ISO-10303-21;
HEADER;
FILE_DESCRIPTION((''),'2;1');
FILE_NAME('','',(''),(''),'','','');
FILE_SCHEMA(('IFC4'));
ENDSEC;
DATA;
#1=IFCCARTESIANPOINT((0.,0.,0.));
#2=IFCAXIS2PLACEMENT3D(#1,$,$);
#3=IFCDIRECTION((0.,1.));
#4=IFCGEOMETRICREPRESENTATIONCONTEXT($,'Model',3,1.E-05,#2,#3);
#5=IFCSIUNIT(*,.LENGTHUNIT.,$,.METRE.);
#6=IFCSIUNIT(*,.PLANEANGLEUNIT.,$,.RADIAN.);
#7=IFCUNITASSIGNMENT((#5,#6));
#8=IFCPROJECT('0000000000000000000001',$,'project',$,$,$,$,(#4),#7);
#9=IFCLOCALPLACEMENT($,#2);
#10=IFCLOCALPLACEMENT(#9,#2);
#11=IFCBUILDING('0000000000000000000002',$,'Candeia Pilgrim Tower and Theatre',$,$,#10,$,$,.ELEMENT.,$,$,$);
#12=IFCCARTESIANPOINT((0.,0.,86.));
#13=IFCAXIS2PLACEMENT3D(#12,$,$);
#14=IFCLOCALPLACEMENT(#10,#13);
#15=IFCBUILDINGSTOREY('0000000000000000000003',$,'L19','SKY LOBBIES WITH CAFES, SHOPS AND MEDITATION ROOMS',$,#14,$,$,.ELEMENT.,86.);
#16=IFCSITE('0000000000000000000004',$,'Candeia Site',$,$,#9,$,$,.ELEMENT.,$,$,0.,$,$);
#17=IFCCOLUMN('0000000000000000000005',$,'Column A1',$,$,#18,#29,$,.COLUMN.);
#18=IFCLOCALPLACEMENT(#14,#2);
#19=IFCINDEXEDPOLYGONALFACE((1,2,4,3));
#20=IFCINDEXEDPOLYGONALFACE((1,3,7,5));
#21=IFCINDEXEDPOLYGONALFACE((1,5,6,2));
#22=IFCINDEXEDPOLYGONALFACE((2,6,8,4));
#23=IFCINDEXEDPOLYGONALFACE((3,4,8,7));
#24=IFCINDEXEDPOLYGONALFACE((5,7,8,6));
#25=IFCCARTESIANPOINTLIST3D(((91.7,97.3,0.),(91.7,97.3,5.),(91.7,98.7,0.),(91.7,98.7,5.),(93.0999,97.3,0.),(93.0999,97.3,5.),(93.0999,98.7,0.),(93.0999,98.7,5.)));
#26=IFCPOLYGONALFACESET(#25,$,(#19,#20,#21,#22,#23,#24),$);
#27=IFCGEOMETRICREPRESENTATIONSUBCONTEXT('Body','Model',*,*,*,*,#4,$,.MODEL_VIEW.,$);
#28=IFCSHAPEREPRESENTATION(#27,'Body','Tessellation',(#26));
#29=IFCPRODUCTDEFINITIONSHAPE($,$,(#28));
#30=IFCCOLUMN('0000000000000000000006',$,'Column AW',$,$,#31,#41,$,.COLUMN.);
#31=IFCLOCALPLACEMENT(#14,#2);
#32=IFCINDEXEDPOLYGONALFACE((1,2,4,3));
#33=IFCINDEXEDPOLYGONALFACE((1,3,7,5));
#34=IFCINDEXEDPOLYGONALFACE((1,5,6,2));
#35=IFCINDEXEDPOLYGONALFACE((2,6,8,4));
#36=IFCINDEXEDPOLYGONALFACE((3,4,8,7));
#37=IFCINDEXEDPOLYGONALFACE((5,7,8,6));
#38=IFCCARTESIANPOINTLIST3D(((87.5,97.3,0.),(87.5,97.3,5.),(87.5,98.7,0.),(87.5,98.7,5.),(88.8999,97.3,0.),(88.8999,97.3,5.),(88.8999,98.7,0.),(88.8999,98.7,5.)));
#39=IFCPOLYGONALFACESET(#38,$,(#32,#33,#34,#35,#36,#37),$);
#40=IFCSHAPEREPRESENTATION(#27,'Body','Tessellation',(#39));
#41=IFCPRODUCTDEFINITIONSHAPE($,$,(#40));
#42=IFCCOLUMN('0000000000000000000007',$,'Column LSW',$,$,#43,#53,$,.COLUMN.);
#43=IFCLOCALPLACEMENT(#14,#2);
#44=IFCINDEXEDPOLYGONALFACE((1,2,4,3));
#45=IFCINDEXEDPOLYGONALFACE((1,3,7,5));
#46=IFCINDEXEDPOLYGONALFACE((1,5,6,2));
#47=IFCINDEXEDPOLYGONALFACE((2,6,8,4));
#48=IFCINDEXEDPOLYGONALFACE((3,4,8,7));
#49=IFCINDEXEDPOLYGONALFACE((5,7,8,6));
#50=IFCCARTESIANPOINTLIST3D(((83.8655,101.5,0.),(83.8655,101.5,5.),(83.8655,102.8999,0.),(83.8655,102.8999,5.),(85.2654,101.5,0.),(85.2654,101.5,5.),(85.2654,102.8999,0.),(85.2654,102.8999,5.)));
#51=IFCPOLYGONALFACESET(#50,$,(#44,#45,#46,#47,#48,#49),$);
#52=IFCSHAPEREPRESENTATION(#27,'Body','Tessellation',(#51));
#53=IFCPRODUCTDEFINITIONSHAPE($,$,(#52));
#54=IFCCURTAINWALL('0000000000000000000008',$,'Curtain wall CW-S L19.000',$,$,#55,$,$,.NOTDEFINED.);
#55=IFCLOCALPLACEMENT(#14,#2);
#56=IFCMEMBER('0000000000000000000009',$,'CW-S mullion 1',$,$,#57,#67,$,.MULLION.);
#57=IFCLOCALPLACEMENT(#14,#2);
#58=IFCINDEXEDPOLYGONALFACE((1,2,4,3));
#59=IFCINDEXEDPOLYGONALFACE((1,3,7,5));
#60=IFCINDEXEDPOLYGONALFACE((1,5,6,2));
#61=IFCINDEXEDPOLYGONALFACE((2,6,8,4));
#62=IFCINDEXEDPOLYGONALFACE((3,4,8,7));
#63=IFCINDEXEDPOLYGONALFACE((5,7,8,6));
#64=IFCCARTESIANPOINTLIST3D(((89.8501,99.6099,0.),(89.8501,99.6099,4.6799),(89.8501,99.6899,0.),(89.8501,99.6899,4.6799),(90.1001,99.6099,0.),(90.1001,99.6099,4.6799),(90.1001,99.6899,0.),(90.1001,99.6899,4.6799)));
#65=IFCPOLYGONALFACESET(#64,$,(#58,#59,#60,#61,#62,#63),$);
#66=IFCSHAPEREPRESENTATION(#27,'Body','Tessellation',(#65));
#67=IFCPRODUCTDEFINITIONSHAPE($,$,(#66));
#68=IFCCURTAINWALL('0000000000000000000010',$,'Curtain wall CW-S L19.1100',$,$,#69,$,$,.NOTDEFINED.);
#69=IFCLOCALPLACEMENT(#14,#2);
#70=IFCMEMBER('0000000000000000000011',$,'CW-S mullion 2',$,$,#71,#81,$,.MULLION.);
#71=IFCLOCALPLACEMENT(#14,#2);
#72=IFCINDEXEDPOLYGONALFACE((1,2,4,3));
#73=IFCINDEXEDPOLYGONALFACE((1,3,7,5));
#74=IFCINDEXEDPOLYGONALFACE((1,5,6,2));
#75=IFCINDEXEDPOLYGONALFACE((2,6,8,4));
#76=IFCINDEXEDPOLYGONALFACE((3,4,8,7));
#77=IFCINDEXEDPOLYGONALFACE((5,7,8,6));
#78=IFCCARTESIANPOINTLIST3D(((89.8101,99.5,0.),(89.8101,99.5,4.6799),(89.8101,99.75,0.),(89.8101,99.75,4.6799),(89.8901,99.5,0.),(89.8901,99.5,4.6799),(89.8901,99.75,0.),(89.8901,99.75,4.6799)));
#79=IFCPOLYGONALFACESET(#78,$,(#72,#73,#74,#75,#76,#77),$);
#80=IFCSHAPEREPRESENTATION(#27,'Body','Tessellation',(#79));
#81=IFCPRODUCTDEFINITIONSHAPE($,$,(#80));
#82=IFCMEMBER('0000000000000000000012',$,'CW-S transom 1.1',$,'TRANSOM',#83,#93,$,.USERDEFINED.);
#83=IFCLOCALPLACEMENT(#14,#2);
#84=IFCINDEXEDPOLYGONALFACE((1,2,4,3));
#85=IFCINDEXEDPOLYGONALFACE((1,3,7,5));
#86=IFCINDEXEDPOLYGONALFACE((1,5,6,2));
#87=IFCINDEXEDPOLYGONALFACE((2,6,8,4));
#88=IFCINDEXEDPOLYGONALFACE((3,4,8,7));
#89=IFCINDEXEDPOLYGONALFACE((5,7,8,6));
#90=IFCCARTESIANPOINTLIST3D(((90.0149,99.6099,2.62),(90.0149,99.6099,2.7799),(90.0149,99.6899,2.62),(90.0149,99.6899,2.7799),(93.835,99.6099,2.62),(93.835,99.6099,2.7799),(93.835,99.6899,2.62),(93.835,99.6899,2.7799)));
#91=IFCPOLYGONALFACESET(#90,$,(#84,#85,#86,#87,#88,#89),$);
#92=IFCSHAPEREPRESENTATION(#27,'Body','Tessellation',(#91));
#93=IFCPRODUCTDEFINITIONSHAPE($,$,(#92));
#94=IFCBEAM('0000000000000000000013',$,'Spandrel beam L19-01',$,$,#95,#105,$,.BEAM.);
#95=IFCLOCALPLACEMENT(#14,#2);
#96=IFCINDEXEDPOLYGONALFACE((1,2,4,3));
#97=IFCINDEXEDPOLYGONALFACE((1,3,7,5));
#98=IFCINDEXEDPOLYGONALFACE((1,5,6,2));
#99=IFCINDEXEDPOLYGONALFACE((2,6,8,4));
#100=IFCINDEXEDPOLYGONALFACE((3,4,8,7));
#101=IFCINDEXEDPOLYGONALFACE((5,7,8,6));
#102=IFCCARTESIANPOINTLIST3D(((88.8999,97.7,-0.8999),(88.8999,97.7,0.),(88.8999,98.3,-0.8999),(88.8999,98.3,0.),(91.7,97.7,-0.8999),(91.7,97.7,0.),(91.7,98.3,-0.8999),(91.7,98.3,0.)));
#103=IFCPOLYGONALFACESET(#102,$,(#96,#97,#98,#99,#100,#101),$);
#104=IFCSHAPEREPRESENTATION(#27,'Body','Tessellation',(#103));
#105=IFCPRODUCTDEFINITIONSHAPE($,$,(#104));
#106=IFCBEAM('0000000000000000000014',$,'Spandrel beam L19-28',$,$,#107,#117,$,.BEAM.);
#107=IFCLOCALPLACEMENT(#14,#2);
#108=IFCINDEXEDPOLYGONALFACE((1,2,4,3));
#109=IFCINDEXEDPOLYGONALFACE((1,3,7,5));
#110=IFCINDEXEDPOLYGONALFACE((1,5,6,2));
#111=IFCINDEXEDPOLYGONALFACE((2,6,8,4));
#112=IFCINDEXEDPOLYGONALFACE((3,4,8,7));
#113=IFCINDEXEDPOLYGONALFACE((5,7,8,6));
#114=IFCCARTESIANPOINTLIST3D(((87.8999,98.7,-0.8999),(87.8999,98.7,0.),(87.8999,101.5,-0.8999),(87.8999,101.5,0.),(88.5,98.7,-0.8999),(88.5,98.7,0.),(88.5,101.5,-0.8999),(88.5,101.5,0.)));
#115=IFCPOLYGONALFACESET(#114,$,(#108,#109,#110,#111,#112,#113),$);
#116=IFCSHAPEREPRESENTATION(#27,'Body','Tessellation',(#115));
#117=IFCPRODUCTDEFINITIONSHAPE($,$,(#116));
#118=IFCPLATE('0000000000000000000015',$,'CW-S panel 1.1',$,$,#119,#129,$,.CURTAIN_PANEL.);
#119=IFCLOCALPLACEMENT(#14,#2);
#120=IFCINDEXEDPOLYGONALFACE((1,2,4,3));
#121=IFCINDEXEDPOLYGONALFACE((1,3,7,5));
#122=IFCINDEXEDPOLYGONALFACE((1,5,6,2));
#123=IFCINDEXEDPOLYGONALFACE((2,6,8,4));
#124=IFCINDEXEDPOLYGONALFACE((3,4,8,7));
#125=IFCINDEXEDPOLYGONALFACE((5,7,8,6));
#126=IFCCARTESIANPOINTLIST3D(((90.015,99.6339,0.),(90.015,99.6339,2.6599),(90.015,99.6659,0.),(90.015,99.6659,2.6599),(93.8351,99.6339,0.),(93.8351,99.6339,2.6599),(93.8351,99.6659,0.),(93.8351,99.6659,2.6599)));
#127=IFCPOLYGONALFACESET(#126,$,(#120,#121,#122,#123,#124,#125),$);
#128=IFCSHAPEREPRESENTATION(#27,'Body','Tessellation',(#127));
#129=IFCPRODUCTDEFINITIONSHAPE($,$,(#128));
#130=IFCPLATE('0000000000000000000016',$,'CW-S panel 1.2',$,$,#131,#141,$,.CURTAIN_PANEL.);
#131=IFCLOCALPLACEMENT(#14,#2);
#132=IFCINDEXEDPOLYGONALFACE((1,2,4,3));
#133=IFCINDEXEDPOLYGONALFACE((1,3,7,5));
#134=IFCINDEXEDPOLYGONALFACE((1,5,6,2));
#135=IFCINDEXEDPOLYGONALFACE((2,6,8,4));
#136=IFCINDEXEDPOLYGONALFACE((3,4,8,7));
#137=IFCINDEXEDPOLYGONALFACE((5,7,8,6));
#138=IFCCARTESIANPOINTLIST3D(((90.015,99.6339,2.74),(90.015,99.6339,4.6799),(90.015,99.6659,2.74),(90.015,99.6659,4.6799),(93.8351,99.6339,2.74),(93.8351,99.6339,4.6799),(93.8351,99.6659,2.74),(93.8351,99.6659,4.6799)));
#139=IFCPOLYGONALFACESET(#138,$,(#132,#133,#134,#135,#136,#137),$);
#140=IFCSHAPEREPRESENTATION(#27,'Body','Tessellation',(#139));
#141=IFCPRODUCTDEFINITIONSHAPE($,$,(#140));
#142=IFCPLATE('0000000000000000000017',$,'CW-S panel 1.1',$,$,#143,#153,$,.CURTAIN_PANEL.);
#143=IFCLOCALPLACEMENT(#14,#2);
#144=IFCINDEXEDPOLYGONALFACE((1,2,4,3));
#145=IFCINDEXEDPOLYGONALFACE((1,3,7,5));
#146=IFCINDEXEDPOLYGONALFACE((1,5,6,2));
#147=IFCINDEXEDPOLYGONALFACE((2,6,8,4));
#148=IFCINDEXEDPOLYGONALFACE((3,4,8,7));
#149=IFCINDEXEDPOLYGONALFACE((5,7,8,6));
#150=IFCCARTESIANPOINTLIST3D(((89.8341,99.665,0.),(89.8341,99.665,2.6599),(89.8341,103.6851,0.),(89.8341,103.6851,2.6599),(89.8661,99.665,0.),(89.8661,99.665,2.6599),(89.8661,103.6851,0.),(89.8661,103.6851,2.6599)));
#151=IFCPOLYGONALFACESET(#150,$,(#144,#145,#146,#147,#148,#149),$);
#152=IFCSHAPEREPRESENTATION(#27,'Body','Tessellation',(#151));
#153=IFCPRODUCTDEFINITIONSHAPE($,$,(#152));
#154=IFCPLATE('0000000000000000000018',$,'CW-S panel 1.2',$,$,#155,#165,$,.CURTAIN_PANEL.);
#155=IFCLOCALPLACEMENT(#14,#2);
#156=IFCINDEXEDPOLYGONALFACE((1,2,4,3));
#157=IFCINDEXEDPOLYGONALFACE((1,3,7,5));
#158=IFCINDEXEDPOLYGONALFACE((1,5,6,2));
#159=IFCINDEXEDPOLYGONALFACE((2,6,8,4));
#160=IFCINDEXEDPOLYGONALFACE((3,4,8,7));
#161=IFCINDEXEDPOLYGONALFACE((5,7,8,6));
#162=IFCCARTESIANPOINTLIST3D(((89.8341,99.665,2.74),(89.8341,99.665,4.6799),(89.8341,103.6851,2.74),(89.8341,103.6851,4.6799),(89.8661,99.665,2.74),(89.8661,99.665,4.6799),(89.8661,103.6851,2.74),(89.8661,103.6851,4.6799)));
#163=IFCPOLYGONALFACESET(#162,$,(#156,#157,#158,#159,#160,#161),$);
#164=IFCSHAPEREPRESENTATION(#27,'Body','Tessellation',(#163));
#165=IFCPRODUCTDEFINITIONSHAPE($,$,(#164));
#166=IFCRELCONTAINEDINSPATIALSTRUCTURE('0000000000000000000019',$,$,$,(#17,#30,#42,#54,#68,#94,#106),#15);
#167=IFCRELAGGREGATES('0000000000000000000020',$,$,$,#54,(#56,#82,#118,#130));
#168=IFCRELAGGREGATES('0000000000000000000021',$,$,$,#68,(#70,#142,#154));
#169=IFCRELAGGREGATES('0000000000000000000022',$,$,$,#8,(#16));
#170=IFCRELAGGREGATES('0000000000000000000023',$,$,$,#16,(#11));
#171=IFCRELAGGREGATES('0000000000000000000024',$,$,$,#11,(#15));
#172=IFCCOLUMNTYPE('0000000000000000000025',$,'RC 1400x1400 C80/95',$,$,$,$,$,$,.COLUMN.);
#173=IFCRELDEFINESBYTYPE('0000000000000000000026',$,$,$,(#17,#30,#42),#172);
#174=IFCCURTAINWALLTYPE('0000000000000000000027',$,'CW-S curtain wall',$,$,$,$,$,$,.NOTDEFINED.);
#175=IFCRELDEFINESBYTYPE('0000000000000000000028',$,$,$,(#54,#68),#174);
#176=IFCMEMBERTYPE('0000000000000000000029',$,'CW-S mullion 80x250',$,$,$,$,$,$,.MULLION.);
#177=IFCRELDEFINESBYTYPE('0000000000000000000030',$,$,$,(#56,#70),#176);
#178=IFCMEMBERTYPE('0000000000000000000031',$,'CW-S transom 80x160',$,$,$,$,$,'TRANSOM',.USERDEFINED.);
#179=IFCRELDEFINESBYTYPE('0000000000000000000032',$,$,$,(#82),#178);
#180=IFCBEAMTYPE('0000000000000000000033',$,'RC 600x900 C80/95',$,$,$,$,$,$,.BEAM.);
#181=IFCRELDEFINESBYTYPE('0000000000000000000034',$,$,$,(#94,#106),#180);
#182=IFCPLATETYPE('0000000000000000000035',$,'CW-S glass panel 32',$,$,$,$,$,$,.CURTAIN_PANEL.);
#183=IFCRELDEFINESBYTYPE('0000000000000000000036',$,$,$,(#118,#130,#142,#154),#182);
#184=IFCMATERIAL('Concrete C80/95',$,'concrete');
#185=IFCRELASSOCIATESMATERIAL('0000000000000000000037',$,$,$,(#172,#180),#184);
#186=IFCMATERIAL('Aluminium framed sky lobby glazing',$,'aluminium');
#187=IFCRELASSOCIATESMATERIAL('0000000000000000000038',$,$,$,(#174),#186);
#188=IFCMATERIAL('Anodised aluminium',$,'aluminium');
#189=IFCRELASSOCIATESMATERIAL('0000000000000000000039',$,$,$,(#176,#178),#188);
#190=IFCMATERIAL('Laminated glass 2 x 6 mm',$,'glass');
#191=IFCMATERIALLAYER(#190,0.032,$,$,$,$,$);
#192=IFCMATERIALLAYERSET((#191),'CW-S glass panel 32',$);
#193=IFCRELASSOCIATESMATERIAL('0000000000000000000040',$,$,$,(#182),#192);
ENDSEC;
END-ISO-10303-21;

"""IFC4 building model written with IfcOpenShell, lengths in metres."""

from ifc_helpers import new_model, si_unit, direction, frame, origin, origin_2d, place, context, subcontext, project, spatial, rectangle, extrude, material, layer, layer_set, material_profile, profile_set, type_object, element, aggregate, save


model = new_model("IFC4")

# Units and contexts
model_context = context("Model", 3, precision=1e-05, world=origin(), true_north=direction((0.0, 1.0)))
body_context = subcontext(model_context, "Body", "Model", "MODEL_VIEW")
ifc_project = project(units=[si_unit("LENGTHUNIT", "METRE"), si_unit("PLANEANGLEUNIT", "RADIAN")], contexts=[model_context])

# Site, building, storey
site_placement = place(None, origin())
site = spatial("IfcSite", under=ifc_project, at=site_placement, Name="Candeia Site", CompositionType="ELEMENT", RefElevation=0.0)
building_placement = place(site_placement, origin())
building = spatial("IfcBuilding", under=site, at=building_placement, Name="Candeia Pilgrim Tower and Theatre", CompositionType="ELEMENT")
storey_placement = place(building_placement, frame((0.0, 0.0, 86.0)))
storey = spatial("IfcBuildingStorey", under=building, at=storey_placement, Name="L19", Description="SKY LOBBIES WITH CAFES, SHOPS AND MEDITATION ROOMS", CompositionType="ELEMENT", Elevation=86.0)

# Columns
ifc_material_1 = material(Name="Concrete C80/95", Category="concrete")
ifc_material_profile_1 = material_profile(ifc_material_1, rectangle(XDim=1.3999, YDim=1.3999, at=origin_2d()))
ifc_profile_set_1 = profile_set([ifc_material_profile_1], Name="Concrete C80/95")
column_type = type_object("IfcColumnType", Name="RC 1400x1400 C80/95", PredefinedType="COLUMN", material=ifc_profile_set_1)
for number, where, z_axis, x_axis, name in (
    (1, (92.3999, 98.0, 0.0), (0.0, 0.0, 1.0), (1.0, 0.0, 0.0), "Column A1"),
    (2, (88.2, 98.0, 0.0), (0.0, 0.0, 1.0), (1.0, 0.0, 0.0), "Column AW"),
    (3, (84.5654, 102.2, 0.0), (0.0, 0.0, 1.0), (1.0, 0.0, 0.0), "Column LSW"),
):
    element("IfcColumn", number, at=place(storey_placement, frame(where, z_axis=z_axis, x_axis=x_axis)), inside=storey, type_object=column_type, Name=name, PredefinedType="COLUMN", context=body_context, shape_type="SweptSolid", body=[
        extrude(rectangle(XDim=1.3999, YDim=1.3999, at=origin_2d()), origin(), (0.0, 0.0, 1.0), 5.0),
    ])

# Curtain walls, members
ifc_material_2 = material(Name="Aluminium framed sky lobby glazing", Category="aluminium")
curtain_wall_type = type_object("IfcCurtainWallType", Name="CW-S curtain wall", PredefinedType="NOTDEFINED", material=ifc_material_2)
curtain_wall_1_placement = place(storey_placement, origin())
curtain_wall_1 = element("IfcCurtainWall", 4, at=curtain_wall_1_placement, inside=storey, type_object=curtain_wall_type, Name="Curtain wall CW-S L19.000", PredefinedType="NOTDEFINED")
ifc_material_3 = material(Name="Anodised aluminium", Category="aluminium")
ifc_material_profile_2 = material_profile(ifc_material_3, rectangle(XDim=0.0801, YDim=0.25, at=origin_2d()))
ifc_profile_set_2 = profile_set([ifc_material_profile_2], Name="Anodised aluminium")
member_type_1 = type_object("IfcMemberType", Name="CW-S mullion 80x250", PredefinedType="MULLION", material=ifc_profile_set_2)
member_1_placement = place(storey_placement, frame((89.9751, 99.6499, 0.0), z_axis=(0.0, 0.0, 1.0), x_axis=(0.0, 1.0, 0.0)))
member_1 = element("IfcMember", 5, at=member_1_placement, type_object=member_type_1, Name="CW-S mullion 1", PredefinedType="MULLION", context=body_context, shape_type="SweptSolid", body=[
    extrude(rectangle(XDim=0.0801, YDim=0.25, at=origin_2d()), origin(), (0.0, 0.0, 1.0), 4.6799),
])
curtain_wall_2_placement = place(storey_placement, origin())
curtain_wall_2 = element("IfcCurtainWall", 6, at=curtain_wall_2_placement, inside=storey, type_object=curtain_wall_type, Name="Curtain wall CW-S L19.1100", PredefinedType="NOTDEFINED")
member_2_placement = place(storey_placement, frame((89.8501, 99.625, 0.0), z_axis=(0.0, 0.0, 1.0), x_axis=(1.0, 0.0, 0.0)))
member_2 = element("IfcMember", 7, at=member_2_placement, type_object=member_type_1, Name="CW-S mullion 2", PredefinedType="MULLION", context=body_context, shape_type="SweptSolid", body=[
    extrude(rectangle(XDim=0.0801, YDim=0.25, at=origin_2d()), origin(), (0.0, 0.0, 1.0), 4.6799),
])

# Member
ifc_material_profile_3 = material_profile(ifc_material_3, rectangle(XDim=0.0801, YDim=0.1599, at=origin_2d()))
ifc_profile_set_3 = profile_set([ifc_material_profile_3], Name="Anodised aluminium")
member_type_2 = type_object("IfcMemberType", Name="CW-S transom 80x160", ElementType="TRANSOM", PredefinedType="USERDEFINED", material=ifc_profile_set_3)
member_3_placement = place(storey_placement, frame((90.0149, 99.6499, 2.7), z_axis=(1.0, 0.0, 0.0), x_axis=(0.0, 1.0, 0.0)))
member_3 = element("IfcMember", 8, at=member_3_placement, type_object=member_type_2, Name="CW-S transom 1.1", ObjectType="TRANSOM", PredefinedType="USERDEFINED", context=body_context, shape_type="SweptSolid", body=[
    extrude(rectangle(XDim=0.0801, YDim=0.1599, at=origin_2d()), origin(), (0.0, 0.0, 1.0), 3.8201),
])

# Beams
ifc_material_profile_4 = material_profile(ifc_material_1, rectangle(XDim=0.6001, YDim=0.8999, at=origin_2d()))
ifc_profile_set_4 = profile_set([ifc_material_profile_4], Name="Concrete C80/95")
beam_type = type_object("IfcBeamType", Name="RC 600x900 C80/95", PredefinedType="BEAM", material=ifc_profile_set_4)
for number, where, z_axis, x_axis, name in (
    (9, (88.8999, 98.0, -0.45), (1.0, 0.0, 0.0), (0.0, 1.0, 0.0), "Spandrel beam L19-01"),
    (10, (88.2, 101.5, -0.45), (0.0, -1.0, 0.0), (1.0, 0.0, 0.0), "Spandrel beam L19-28"),
):
    element("IfcBeam", number, at=place(storey_placement, frame(where, z_axis=z_axis, x_axis=x_axis)), inside=storey, type_object=beam_type, Name=name, PredefinedType="BEAM", context=body_context, shape_type="SweptSolid", body=[
        extrude(rectangle(XDim=0.6001, YDim=0.8999, at=origin_2d()), origin(), (0.0, 0.0, 1.0), 2.8),
    ])

# Plates
ifc_material_4 = material(Name="Laminated glass 2 x 6 mm", Category="glass")
ifc_layer_1 = layer(ifc_material_4, 0.032)
ifc_layer_set_1 = layer_set([ifc_layer_1], Name="CW-S glass panel 32")
plate_type = type_object("IfcPlateType", Name="CW-S glass panel 32", PredefinedType="CURTAIN_PANEL", material=ifc_layer_set_1)
plate_1_placement = place(storey_placement, frame((91.925, 99.6499, 0.0), z_axis=(0.0, 0.0, 1.0), x_axis=(1.0, 0.0, 0.0)))
plate_1 = element("IfcPlate", 11, at=plate_1_placement, type_object=plate_type, Name="CW-S panel 1.1", PredefinedType="CURTAIN_PANEL", context=body_context, shape_type="SweptSolid", body=[
    extrude(rectangle(XDim=3.8201, YDim=0.032, at=origin_2d()), origin(), (0.0, 0.0, 1.0), 2.6599),
])
plate_2_placement = place(storey_placement, frame((91.925, 99.6499, 2.74), z_axis=(0.0, 0.0, 1.0), x_axis=(1.0, 0.0, 0.0)))
plate_2 = element("IfcPlate", 12, at=plate_2_placement, type_object=plate_type, Name="CW-S panel 1.2", PredefinedType="CURTAIN_PANEL", context=body_context, shape_type="SweptSolid", body=[
    extrude(rectangle(XDim=3.8201, YDim=0.032, at=origin_2d()), origin(), (0.0, 0.0, 1.0), 1.9399),
])
aggregate(curtain_wall_1, [member_1, member_3, plate_1, plate_2])
plate_3_placement = place(storey_placement, frame((89.8501, 101.675, 0.0), z_axis=(0.0, 0.0, 1.0), x_axis=(0.0, -1.0, 0.0)))
plate_3 = element("IfcPlate", 13, at=plate_3_placement, type_object=plate_type, Name="CW-S panel 1.1", PredefinedType="CURTAIN_PANEL", context=body_context, shape_type="SweptSolid", body=[
    extrude(rectangle(XDim=4.02, YDim=0.032, at=origin_2d()), origin(), (0.0, 0.0, 1.0), 2.6599),
])
plate_4_placement = place(storey_placement, frame((89.8501, 101.675, 2.74), z_axis=(0.0, 0.0, 1.0), x_axis=(0.0, -1.0, 0.0)))
plate_4 = element("IfcPlate", 14, at=plate_4_placement, type_object=plate_type, Name="CW-S panel 1.2", PredefinedType="CURTAIN_PANEL", context=body_context, shape_type="SweptSolid", body=[
    extrude(rectangle(XDim=4.02, YDim=0.032, at=origin_2d()), origin(), (0.0, 0.0, 1.0), 1.9399),
])
aggregate(curtain_wall_2, [member_2, plate_3, plate_4])

save(model, "model.ifc")
